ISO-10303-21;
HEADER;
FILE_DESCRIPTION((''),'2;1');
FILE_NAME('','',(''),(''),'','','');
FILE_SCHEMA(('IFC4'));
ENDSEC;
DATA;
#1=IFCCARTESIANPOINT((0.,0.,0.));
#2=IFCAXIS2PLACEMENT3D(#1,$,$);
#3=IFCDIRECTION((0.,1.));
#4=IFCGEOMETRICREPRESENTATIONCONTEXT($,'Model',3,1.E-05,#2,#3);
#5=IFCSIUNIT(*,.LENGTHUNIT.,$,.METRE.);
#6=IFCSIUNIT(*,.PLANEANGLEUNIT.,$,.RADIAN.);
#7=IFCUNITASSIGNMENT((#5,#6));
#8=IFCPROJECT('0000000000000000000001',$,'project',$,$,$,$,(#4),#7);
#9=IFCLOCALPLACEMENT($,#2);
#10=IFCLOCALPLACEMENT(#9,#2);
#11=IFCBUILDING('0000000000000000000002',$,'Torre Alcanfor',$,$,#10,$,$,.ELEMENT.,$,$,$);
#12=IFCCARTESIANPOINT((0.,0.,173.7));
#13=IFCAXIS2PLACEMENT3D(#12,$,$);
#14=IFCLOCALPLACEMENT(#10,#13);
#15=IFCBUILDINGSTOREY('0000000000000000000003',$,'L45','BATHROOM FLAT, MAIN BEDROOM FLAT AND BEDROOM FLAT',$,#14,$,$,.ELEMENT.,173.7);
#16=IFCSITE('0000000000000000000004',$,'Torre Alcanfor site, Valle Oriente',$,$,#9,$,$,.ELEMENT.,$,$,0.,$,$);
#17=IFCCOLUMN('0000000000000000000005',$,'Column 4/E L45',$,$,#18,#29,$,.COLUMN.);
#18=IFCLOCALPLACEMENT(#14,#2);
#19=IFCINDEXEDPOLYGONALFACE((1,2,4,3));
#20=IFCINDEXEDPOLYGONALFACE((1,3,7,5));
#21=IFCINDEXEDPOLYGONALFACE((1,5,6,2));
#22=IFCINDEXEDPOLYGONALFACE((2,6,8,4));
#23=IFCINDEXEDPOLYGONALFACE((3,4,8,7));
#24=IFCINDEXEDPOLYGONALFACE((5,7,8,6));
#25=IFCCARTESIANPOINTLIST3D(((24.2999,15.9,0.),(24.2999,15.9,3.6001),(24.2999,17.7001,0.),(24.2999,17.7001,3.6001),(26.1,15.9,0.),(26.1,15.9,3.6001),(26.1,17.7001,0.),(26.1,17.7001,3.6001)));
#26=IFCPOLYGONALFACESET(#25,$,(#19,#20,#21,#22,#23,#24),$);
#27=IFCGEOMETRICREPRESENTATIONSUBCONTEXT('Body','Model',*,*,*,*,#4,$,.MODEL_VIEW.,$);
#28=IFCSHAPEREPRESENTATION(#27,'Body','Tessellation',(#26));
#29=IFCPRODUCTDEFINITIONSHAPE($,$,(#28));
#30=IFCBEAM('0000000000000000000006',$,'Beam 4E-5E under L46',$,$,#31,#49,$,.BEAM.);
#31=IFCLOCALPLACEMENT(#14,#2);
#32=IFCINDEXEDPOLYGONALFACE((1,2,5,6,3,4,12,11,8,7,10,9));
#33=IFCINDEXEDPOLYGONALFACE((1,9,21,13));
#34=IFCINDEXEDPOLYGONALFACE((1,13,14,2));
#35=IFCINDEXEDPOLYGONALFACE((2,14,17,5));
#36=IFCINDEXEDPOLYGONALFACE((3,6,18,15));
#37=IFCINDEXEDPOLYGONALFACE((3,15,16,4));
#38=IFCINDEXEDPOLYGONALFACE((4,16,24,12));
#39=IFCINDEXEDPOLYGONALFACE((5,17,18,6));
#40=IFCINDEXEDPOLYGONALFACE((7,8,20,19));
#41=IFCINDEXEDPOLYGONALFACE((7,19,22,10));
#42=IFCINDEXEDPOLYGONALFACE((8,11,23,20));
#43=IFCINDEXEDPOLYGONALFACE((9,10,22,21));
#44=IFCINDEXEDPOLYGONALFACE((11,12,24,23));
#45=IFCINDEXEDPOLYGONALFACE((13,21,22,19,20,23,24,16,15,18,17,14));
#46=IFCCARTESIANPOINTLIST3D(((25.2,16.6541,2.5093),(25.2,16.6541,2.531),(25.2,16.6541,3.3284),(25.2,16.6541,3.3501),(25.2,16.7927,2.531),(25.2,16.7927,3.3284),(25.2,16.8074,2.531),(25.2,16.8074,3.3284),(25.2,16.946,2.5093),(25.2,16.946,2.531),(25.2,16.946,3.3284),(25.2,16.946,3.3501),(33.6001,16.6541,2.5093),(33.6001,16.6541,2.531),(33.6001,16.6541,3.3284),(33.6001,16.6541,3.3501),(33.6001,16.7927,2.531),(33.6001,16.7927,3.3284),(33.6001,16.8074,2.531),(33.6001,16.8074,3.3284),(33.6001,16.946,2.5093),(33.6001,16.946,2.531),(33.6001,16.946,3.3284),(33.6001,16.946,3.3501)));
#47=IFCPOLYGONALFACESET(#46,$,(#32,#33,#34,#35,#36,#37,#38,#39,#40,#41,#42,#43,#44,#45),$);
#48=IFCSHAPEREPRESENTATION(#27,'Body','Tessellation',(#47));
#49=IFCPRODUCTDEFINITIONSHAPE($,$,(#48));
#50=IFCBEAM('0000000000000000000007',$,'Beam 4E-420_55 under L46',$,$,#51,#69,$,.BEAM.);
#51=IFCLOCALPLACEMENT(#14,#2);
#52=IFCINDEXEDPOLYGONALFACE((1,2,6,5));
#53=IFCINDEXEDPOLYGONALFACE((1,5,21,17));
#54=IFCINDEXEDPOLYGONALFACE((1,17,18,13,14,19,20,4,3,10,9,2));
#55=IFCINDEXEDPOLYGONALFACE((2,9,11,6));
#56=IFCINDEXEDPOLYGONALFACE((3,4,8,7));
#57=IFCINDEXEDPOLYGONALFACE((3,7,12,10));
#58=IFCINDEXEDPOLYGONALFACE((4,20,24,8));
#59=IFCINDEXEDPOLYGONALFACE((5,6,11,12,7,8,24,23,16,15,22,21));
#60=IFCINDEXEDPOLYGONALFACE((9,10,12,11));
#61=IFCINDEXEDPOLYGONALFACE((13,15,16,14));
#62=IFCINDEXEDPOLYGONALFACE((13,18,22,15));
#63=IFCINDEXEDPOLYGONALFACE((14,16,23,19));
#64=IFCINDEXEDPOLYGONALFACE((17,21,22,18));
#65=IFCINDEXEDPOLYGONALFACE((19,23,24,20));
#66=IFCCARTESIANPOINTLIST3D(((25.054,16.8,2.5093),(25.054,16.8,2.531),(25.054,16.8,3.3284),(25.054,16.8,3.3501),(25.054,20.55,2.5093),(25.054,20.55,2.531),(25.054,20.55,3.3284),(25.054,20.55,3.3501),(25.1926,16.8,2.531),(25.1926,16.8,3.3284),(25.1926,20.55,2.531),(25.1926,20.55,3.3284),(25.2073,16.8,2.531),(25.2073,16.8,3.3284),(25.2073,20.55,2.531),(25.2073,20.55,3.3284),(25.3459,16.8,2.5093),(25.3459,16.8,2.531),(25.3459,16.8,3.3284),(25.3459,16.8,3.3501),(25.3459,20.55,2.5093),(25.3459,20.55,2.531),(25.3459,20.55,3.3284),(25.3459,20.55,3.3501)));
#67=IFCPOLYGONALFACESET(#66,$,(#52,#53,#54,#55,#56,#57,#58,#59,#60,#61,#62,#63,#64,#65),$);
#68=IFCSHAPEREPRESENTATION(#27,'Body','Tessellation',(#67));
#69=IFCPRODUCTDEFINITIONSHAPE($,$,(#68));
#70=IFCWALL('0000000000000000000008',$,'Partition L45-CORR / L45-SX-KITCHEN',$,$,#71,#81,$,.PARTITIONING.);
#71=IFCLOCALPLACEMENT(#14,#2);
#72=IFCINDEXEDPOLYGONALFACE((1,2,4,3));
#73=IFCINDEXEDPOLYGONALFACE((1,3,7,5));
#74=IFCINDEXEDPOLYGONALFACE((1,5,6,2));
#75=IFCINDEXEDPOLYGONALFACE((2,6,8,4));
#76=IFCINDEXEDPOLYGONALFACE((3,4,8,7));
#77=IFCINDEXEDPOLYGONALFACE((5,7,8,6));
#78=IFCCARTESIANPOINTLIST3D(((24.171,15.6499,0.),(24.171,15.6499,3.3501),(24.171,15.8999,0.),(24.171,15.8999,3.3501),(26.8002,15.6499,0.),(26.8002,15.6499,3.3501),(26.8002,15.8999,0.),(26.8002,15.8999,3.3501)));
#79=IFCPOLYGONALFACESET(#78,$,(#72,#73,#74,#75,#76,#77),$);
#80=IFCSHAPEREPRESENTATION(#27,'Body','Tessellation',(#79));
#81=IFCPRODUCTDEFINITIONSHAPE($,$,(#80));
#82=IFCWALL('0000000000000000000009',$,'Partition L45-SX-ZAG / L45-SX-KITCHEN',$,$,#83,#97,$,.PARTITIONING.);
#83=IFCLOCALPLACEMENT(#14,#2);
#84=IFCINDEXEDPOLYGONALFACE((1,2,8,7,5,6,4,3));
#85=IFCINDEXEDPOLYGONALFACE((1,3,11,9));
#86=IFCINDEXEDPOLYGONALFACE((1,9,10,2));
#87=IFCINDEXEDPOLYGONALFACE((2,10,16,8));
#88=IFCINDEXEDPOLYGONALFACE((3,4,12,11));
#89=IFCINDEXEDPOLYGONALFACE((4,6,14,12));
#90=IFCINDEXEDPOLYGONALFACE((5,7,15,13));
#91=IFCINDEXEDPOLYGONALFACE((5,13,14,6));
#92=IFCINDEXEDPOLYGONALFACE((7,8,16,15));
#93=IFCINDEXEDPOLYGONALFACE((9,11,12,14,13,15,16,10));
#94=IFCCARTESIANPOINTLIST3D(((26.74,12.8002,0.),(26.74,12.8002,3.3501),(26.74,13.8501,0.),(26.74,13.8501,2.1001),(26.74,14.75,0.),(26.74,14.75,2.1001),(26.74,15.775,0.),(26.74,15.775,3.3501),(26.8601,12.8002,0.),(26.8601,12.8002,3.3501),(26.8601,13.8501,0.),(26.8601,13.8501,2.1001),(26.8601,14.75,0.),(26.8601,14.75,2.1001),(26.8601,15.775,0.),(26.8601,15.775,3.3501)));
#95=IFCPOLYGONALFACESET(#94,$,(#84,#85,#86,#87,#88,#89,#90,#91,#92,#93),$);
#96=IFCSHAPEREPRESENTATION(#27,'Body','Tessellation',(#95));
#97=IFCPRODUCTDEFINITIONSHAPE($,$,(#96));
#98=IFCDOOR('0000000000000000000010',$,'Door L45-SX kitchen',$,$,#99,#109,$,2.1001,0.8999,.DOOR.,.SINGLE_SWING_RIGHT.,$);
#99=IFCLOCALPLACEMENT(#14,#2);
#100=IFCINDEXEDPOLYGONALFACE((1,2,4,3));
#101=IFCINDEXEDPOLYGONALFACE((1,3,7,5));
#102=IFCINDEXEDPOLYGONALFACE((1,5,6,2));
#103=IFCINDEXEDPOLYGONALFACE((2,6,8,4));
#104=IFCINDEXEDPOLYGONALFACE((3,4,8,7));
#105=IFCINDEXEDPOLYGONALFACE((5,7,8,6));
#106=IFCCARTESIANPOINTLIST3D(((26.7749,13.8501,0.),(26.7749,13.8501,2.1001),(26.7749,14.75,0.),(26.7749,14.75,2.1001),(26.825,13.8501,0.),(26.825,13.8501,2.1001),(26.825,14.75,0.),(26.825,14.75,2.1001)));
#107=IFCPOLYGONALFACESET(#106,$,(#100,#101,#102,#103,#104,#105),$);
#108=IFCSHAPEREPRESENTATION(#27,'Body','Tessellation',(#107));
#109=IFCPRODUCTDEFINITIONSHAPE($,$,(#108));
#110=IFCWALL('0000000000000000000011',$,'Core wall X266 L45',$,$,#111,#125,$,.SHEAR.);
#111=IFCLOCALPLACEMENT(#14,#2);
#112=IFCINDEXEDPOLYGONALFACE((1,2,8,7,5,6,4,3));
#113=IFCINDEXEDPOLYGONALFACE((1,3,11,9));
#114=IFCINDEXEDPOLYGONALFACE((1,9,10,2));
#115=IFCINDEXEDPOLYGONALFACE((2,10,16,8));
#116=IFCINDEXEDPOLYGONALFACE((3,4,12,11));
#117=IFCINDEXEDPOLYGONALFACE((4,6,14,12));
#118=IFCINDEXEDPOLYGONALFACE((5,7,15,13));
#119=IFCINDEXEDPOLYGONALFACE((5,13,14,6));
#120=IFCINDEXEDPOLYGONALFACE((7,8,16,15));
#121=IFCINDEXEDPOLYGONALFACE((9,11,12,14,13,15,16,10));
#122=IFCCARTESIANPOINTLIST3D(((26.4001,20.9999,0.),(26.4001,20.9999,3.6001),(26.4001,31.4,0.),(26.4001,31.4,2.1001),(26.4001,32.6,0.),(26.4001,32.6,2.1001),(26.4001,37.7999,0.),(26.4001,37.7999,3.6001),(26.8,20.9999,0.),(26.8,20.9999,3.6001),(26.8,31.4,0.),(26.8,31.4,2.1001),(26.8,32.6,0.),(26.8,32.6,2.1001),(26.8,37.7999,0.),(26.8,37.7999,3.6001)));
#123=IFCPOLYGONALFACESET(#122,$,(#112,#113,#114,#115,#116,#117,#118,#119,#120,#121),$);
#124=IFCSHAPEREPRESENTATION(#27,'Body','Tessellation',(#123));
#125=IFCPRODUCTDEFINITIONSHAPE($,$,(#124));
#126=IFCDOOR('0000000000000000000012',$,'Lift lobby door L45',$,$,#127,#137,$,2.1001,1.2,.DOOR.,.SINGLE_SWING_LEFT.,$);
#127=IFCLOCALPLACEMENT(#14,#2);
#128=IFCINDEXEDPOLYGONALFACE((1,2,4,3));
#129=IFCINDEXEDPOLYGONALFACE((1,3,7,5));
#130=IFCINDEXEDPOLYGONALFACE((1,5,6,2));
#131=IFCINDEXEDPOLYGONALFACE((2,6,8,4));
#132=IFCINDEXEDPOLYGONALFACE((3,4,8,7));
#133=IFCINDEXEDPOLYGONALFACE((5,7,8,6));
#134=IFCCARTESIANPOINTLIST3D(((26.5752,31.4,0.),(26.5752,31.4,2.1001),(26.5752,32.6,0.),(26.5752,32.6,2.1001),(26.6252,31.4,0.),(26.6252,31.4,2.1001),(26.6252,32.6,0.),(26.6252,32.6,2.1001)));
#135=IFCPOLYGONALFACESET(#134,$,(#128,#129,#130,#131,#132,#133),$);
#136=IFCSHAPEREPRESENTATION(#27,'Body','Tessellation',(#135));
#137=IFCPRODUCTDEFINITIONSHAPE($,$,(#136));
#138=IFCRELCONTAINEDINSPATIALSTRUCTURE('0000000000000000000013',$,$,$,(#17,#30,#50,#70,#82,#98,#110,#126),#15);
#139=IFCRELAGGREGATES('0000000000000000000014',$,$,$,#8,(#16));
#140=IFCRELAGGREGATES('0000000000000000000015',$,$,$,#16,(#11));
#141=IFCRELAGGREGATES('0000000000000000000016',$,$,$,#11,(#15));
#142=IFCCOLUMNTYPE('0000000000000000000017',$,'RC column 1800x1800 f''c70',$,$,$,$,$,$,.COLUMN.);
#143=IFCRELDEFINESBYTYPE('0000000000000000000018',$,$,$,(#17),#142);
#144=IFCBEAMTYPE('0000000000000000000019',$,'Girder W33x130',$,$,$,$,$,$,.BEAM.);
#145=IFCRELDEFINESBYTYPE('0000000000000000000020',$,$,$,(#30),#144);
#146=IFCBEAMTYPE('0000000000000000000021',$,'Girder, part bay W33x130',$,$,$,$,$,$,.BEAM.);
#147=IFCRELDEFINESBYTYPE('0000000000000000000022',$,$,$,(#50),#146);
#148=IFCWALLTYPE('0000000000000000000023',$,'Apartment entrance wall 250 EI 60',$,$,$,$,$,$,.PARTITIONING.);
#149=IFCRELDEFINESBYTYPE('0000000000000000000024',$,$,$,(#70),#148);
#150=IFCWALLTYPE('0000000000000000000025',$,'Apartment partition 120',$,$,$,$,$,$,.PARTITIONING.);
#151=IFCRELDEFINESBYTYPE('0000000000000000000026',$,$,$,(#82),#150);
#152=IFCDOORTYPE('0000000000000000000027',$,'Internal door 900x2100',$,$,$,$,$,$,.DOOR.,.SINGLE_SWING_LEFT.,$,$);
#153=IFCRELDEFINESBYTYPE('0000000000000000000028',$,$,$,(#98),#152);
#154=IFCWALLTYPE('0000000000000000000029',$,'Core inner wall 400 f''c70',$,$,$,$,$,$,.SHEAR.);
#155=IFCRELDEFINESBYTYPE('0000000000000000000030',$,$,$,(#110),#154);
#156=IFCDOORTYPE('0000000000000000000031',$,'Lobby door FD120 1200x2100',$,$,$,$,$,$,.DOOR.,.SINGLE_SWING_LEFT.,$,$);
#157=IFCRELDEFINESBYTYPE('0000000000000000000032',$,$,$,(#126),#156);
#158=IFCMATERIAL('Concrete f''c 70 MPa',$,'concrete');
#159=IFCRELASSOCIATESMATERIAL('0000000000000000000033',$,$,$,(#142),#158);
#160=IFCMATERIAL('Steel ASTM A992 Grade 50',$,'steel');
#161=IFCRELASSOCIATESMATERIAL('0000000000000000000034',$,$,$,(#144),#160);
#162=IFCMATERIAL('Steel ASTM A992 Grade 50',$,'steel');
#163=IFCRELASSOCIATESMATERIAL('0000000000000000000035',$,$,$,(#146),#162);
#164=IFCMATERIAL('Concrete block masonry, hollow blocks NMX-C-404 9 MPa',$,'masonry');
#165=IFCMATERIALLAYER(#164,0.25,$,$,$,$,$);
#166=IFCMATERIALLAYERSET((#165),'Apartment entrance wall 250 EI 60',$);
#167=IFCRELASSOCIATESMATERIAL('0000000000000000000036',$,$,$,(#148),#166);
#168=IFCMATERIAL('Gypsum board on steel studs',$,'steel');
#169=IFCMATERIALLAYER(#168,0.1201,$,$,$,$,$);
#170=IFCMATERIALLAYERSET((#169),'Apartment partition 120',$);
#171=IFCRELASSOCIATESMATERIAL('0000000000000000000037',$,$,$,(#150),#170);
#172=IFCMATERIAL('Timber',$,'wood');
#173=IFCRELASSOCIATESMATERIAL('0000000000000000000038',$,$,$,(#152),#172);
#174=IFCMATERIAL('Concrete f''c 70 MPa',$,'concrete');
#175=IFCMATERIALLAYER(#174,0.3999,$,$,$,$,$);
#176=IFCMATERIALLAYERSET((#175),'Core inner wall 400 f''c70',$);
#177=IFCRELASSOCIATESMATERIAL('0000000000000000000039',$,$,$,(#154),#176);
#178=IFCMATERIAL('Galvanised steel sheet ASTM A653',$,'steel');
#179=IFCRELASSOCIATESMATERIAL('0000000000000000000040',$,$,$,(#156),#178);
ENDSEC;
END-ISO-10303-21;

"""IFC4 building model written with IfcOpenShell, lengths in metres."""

from ifc_helpers import new_model, si_unit, direction, frame, frame_2d, origin, origin_2d, place, context, subcontext, project, spatial, rectangle, i_section, extrude, material, layer, layer_set, material_profile, profile_set, type_object, element, fill, save


model = new_model("IFC4")

# Units and contexts
model_context = context("Model", 3, precision=1e-05, world=origin(), true_north=direction((0.0, 1.0)))
body_context = subcontext(model_context, "Body", "Model", "MODEL_VIEW")
ifc_project = project(units=[si_unit("LENGTHUNIT", "METRE"), si_unit("PLANEANGLEUNIT", "RADIAN")], contexts=[model_context])

# Site, building, storey
site_placement = place(None, origin())
site = spatial("IfcSite", under=ifc_project, at=site_placement, Name="Torre Alcanfor site, Valle Oriente", CompositionType="ELEMENT", RefElevation=0.0)
building_placement = place(site_placement, origin())
building = spatial("IfcBuilding", under=site, at=building_placement, Name="Torre Alcanfor", CompositionType="ELEMENT")
storey_placement = place(building_placement, frame((0.0, 0.0, 173.7)))
storey = spatial("IfcBuildingStorey", under=building, at=storey_placement, Name="L45", Description="BATHROOM FLAT, MAIN BEDROOM FLAT AND BEDROOM FLAT", CompositionType="ELEMENT", Elevation=173.7)

# Column
ifc_material_1 = material(Name="Concrete f'c 70 MPa", Category="concrete")
ifc_material_profile_1 = material_profile(ifc_material_1, rectangle(XDim=1.8, YDim=1.8, at=origin_2d()), Name="1800x1800")
ifc_profile_set_1 = profile_set([ifc_material_profile_1], Name="Concrete f'c 70 MPa")
column_type = type_object("IfcColumnType", Name="RC column 1800x1800 f'c70", PredefinedType="COLUMN", material=ifc_profile_set_1)
column_placement = place(storey_placement, frame((25.2, 16.8, 0.0), z_axis=(0.0, 0.0, 1.0), x_axis=(1.0, 0.0, 0.0)))
element("IfcColumn", 1, at=column_placement, inside=storey, type_object=column_type, Name="Column 4/E L45", PredefinedType="COLUMN", context=body_context, shape_type="SweptSolid", body=[
    extrude(rectangle(XDim=1.8, YDim=1.8, at=origin_2d()), origin(), (0.0, 0.0, 1.0), 3.6001),
])

# Beams
ifc_material_2 = material(Name="Steel ASTM A992 Grade 50", Category="steel")
ifc_material_profile_2 = material_profile(ifc_material_2, i_section(OverallWidth=0.292, OverallDepth=0.8408, WebThickness=0.0146, FlangeThickness=0.0217, at=origin_2d()), Name="W33x130")
ifc_profile_set_2 = profile_set([ifc_material_profile_2], Name="Steel ASTM A992 Grade 50")
beam_type_1 = type_object("IfcBeamType", Name="Girder W33x130", PredefinedType="BEAM", material=ifc_profile_set_2)
beam_1_placement = place(storey_placement, frame((25.2, 16.8, 2.9297), z_axis=(1.0, 0.0, 0.0), x_axis=(0.0, 1.0, 0.0)))
element("IfcBeam", 2, at=beam_1_placement, inside=storey, type_object=beam_type_1, Name="Beam 4E-5E under L46", PredefinedType="BEAM", context=body_context, shape_type="SweptSolid", body=[
    extrude(i_section(OverallWidth=0.292, OverallDepth=0.8408, WebThickness=0.0146, FlangeThickness=0.0217, at=origin_2d()), origin(), (0.0, 0.0, 1.0), 8.4001),
])
ifc_material_3 = material(Name="Steel ASTM A992 Grade 50", Category="steel")
ifc_material_profile_3 = material_profile(ifc_material_3, i_section(OverallWidth=0.292, OverallDepth=0.8408, WebThickness=0.0146, FlangeThickness=0.0217, at=origin_2d()), Name="W33x130")
ifc_profile_set_3 = profile_set([ifc_material_profile_3], Name="Steel ASTM A992 Grade 50")
beam_type_2 = type_object("IfcBeamType", Name="Girder, part bay W33x130", PredefinedType="BEAM", material=ifc_profile_set_3)
beam_2_placement = place(storey_placement, frame((25.2, 16.8, 2.9297), z_axis=(0.0, 1.0, 0.0), x_axis=(-1.0, 0.0, 0.0)))
element("IfcBeam", 3, at=beam_2_placement, inside=storey, type_object=beam_type_2, Name="Beam 4E-420_55 under L46", PredefinedType="BEAM", context=body_context, shape_type="SweptSolid", body=[
    extrude(i_section(OverallWidth=0.292, OverallDepth=0.8408, WebThickness=0.0146, FlangeThickness=0.0217, at=origin_2d()), origin(), (0.0, 0.0, 1.0), 3.75),
])

# Wall
ifc_material_4 = material(Name="Concrete block masonry, hollow blocks NMX-C-404 9 MPa", Category="masonry")
ifc_layer_1 = layer(ifc_material_4, 0.25)
ifc_layer_set_1 = layer_set([ifc_layer_1], Name="Apartment entrance wall 250 EI 60")
wall_type_1 = type_object("IfcWallType", Name="Apartment entrance wall 250 EI 60", PredefinedType="PARTITIONING", material=ifc_layer_set_1)
wall_1_placement = place(storey_placement, frame((26.8, 15.7749, 0.0), z_axis=(0.0, 0.0, 1.0), x_axis=(-1.0, 0.0, 0.0)))
element("IfcWall", 4, at=wall_1_placement, inside=storey, type_object=wall_type_1, Name="Partition L45-CORR / L45-SX-KITCHEN", PredefinedType="PARTITIONING", context=body_context, shape_type="SweptSolid", body=[
    extrude(rectangle(XDim=2.6292, YDim=0.25, at=frame_2d((1.3145, 0.0))), origin(), (0.0, 0.0, 1.0), 3.3501),
])

# Walls, openings, doors
ifc_material_5 = material(Name="Gypsum board on steel studs", Category="steel")
ifc_layer_2 = layer(ifc_material_5, 0.1201)
ifc_layer_set_2 = layer_set([ifc_layer_2], Name="Apartment partition 120")
wall_type_2 = type_object("IfcWallType", Name="Apartment partition 120", PredefinedType="PARTITIONING", material=ifc_layer_set_2)
wall_2_placement = place(storey_placement, frame((26.8, 15.7749, 0.0), z_axis=(0.0, 0.0, 1.0), x_axis=(0.0, -1.0, 0.0)))
wall_2 = element("IfcWall", 5, at=wall_2_placement, inside=storey, type_object=wall_type_2, Name="Partition L45-SX-ZAG / L45-SX-KITCHEN", PredefinedType="PARTITIONING", context=body_context, shape_type="SweptSolid", body=[
    extrude(rectangle(XDim=2.9749, YDim=0.1201, at=frame_2d((1.4873, 0.0))), origin(), (0.0, 0.0, 1.0), 3.3501),
])
opening_1_placement = place(wall_2_placement, frame((1.0249, 0.0, 0.0)))
opening_1 = element("IfcOpeningElement", 6, at=opening_1_placement, cuts=wall_2, PredefinedType="OPENING", context=body_context, shape_type="SweptSolid", body=[
    extrude(rectangle(XDim=0.8999, YDim=2.1001, at=frame_2d((0.45, 1.05))), frame((0.0, 0.0701, 0.0), z_axis=(0.0, -1.0, 0.0), x_axis=(1.0, 0.0, 0.0)), (0.0, 0.0, 1.0), 0.1401),
])
ifc_material_6 = material(Name="Timber", Category="wood")
door_type_1 = type_object("IfcDoorType", Name="Internal door 900x2100", OperationType="SINGLE_SWING_LEFT", PredefinedType="DOOR", material=ifc_material_6)
door_1_placement = place(opening_1_placement, frame((0.8999, 0.0, 0.0), z_axis=(0.0, 0.0, 1.0), x_axis=(-1.0, 0.0, 0.0)))
door_1 = element("IfcDoor", 7, at=door_1_placement, inside=storey, type_object=door_type_1, Name="Door L45-SX kitchen", OperationType="SINGLE_SWING_RIGHT", OverallHeight=2.1001, OverallWidth=0.8999, PredefinedType="DOOR", context=body_context, shape_type="SweptSolid", body=[
    extrude(rectangle(XDim=0.8999, YDim=2.1001, at=frame_2d((0.45, 1.05))), frame((0.0, 0.0251, 0.0), z_axis=(0.0, -1.0, 0.0), x_axis=(1.0, 0.0, 0.0)), (0.0, 0.0, 1.0), 0.05),
])
fill(opening_1, door_1)
ifc_material_7 = material(Name="Concrete f'c 70 MPa", Category="concrete")
ifc_layer_3 = layer(ifc_material_7, 0.3999)
ifc_layer_set_3 = layer_set([ifc_layer_3], Name="Core inner wall 400 f'c70")
wall_type_3 = type_object("IfcWallType", Name="Core inner wall 400 f'c70", PredefinedType="SHEAR", material=ifc_layer_set_3)
wall_3_placement = place(storey_placement, frame((26.6001, 21.0, 0.0), z_axis=(0.0, 0.0, 1.0), x_axis=(0.0, 1.0, 0.0)))
wall_3 = element("IfcWall", 8, at=wall_3_placement, inside=storey, type_object=wall_type_3, Name="Core wall X266 L45", PredefinedType="SHEAR", context=body_context, shape_type="SweptSolid", body=[
    extrude(rectangle(XDim=16.8, YDim=0.3999, at=frame_2d((8.3999, 0.0))), origin(), (0.0, 0.0, 1.0), 3.6001),
])
opening_2_placement = place(wall_3_placement, frame((10.3999, 0.0, 0.0)))
opening_2 = element("IfcOpeningElement", 9, at=opening_2_placement, cuts=wall_3, PredefinedType="OPENING", context=body_context, shape_type="SweptSolid", body=[
    extrude(rectangle(XDim=1.2, YDim=2.1001, at=frame_2d((0.6001, 1.05))), frame((0.0, 0.21, 0.0), z_axis=(0.0, -1.0, 0.0), x_axis=(1.0, 0.0, 0.0)), (0.0, 0.0, 1.0), 0.4199),
])
ifc_material_8 = material(Name="Galvanised steel sheet ASTM A653", Category="steel")
door_type_2 = type_object("IfcDoorType", Name="Lobby door FD120 1200x2100", OperationType="SINGLE_SWING_LEFT", PredefinedType="DOOR", material=ifc_material_8)
door_2_placement = place(opening_2_placement, origin())
door_2 = element("IfcDoor", 10, at=door_2_placement, inside=storey, type_object=door_type_2, Name="Lift lobby door L45", OperationType="SINGLE_SWING_LEFT", OverallHeight=2.1001, OverallWidth=1.2, PredefinedType="DOOR", context=body_context, shape_type="SweptSolid", body=[
    extrude(rectangle(XDim=1.2, YDim=2.1001, at=frame_2d((0.6001, 1.05))), frame((0.0, 0.0249, 0.0), z_axis=(0.0, -1.0, 0.0), x_axis=(1.0, 0.0, 0.0)), (0.0, 0.0, 1.0), 0.05),
])
fill(opening_2, door_2)

save(model, "model.ifc")
